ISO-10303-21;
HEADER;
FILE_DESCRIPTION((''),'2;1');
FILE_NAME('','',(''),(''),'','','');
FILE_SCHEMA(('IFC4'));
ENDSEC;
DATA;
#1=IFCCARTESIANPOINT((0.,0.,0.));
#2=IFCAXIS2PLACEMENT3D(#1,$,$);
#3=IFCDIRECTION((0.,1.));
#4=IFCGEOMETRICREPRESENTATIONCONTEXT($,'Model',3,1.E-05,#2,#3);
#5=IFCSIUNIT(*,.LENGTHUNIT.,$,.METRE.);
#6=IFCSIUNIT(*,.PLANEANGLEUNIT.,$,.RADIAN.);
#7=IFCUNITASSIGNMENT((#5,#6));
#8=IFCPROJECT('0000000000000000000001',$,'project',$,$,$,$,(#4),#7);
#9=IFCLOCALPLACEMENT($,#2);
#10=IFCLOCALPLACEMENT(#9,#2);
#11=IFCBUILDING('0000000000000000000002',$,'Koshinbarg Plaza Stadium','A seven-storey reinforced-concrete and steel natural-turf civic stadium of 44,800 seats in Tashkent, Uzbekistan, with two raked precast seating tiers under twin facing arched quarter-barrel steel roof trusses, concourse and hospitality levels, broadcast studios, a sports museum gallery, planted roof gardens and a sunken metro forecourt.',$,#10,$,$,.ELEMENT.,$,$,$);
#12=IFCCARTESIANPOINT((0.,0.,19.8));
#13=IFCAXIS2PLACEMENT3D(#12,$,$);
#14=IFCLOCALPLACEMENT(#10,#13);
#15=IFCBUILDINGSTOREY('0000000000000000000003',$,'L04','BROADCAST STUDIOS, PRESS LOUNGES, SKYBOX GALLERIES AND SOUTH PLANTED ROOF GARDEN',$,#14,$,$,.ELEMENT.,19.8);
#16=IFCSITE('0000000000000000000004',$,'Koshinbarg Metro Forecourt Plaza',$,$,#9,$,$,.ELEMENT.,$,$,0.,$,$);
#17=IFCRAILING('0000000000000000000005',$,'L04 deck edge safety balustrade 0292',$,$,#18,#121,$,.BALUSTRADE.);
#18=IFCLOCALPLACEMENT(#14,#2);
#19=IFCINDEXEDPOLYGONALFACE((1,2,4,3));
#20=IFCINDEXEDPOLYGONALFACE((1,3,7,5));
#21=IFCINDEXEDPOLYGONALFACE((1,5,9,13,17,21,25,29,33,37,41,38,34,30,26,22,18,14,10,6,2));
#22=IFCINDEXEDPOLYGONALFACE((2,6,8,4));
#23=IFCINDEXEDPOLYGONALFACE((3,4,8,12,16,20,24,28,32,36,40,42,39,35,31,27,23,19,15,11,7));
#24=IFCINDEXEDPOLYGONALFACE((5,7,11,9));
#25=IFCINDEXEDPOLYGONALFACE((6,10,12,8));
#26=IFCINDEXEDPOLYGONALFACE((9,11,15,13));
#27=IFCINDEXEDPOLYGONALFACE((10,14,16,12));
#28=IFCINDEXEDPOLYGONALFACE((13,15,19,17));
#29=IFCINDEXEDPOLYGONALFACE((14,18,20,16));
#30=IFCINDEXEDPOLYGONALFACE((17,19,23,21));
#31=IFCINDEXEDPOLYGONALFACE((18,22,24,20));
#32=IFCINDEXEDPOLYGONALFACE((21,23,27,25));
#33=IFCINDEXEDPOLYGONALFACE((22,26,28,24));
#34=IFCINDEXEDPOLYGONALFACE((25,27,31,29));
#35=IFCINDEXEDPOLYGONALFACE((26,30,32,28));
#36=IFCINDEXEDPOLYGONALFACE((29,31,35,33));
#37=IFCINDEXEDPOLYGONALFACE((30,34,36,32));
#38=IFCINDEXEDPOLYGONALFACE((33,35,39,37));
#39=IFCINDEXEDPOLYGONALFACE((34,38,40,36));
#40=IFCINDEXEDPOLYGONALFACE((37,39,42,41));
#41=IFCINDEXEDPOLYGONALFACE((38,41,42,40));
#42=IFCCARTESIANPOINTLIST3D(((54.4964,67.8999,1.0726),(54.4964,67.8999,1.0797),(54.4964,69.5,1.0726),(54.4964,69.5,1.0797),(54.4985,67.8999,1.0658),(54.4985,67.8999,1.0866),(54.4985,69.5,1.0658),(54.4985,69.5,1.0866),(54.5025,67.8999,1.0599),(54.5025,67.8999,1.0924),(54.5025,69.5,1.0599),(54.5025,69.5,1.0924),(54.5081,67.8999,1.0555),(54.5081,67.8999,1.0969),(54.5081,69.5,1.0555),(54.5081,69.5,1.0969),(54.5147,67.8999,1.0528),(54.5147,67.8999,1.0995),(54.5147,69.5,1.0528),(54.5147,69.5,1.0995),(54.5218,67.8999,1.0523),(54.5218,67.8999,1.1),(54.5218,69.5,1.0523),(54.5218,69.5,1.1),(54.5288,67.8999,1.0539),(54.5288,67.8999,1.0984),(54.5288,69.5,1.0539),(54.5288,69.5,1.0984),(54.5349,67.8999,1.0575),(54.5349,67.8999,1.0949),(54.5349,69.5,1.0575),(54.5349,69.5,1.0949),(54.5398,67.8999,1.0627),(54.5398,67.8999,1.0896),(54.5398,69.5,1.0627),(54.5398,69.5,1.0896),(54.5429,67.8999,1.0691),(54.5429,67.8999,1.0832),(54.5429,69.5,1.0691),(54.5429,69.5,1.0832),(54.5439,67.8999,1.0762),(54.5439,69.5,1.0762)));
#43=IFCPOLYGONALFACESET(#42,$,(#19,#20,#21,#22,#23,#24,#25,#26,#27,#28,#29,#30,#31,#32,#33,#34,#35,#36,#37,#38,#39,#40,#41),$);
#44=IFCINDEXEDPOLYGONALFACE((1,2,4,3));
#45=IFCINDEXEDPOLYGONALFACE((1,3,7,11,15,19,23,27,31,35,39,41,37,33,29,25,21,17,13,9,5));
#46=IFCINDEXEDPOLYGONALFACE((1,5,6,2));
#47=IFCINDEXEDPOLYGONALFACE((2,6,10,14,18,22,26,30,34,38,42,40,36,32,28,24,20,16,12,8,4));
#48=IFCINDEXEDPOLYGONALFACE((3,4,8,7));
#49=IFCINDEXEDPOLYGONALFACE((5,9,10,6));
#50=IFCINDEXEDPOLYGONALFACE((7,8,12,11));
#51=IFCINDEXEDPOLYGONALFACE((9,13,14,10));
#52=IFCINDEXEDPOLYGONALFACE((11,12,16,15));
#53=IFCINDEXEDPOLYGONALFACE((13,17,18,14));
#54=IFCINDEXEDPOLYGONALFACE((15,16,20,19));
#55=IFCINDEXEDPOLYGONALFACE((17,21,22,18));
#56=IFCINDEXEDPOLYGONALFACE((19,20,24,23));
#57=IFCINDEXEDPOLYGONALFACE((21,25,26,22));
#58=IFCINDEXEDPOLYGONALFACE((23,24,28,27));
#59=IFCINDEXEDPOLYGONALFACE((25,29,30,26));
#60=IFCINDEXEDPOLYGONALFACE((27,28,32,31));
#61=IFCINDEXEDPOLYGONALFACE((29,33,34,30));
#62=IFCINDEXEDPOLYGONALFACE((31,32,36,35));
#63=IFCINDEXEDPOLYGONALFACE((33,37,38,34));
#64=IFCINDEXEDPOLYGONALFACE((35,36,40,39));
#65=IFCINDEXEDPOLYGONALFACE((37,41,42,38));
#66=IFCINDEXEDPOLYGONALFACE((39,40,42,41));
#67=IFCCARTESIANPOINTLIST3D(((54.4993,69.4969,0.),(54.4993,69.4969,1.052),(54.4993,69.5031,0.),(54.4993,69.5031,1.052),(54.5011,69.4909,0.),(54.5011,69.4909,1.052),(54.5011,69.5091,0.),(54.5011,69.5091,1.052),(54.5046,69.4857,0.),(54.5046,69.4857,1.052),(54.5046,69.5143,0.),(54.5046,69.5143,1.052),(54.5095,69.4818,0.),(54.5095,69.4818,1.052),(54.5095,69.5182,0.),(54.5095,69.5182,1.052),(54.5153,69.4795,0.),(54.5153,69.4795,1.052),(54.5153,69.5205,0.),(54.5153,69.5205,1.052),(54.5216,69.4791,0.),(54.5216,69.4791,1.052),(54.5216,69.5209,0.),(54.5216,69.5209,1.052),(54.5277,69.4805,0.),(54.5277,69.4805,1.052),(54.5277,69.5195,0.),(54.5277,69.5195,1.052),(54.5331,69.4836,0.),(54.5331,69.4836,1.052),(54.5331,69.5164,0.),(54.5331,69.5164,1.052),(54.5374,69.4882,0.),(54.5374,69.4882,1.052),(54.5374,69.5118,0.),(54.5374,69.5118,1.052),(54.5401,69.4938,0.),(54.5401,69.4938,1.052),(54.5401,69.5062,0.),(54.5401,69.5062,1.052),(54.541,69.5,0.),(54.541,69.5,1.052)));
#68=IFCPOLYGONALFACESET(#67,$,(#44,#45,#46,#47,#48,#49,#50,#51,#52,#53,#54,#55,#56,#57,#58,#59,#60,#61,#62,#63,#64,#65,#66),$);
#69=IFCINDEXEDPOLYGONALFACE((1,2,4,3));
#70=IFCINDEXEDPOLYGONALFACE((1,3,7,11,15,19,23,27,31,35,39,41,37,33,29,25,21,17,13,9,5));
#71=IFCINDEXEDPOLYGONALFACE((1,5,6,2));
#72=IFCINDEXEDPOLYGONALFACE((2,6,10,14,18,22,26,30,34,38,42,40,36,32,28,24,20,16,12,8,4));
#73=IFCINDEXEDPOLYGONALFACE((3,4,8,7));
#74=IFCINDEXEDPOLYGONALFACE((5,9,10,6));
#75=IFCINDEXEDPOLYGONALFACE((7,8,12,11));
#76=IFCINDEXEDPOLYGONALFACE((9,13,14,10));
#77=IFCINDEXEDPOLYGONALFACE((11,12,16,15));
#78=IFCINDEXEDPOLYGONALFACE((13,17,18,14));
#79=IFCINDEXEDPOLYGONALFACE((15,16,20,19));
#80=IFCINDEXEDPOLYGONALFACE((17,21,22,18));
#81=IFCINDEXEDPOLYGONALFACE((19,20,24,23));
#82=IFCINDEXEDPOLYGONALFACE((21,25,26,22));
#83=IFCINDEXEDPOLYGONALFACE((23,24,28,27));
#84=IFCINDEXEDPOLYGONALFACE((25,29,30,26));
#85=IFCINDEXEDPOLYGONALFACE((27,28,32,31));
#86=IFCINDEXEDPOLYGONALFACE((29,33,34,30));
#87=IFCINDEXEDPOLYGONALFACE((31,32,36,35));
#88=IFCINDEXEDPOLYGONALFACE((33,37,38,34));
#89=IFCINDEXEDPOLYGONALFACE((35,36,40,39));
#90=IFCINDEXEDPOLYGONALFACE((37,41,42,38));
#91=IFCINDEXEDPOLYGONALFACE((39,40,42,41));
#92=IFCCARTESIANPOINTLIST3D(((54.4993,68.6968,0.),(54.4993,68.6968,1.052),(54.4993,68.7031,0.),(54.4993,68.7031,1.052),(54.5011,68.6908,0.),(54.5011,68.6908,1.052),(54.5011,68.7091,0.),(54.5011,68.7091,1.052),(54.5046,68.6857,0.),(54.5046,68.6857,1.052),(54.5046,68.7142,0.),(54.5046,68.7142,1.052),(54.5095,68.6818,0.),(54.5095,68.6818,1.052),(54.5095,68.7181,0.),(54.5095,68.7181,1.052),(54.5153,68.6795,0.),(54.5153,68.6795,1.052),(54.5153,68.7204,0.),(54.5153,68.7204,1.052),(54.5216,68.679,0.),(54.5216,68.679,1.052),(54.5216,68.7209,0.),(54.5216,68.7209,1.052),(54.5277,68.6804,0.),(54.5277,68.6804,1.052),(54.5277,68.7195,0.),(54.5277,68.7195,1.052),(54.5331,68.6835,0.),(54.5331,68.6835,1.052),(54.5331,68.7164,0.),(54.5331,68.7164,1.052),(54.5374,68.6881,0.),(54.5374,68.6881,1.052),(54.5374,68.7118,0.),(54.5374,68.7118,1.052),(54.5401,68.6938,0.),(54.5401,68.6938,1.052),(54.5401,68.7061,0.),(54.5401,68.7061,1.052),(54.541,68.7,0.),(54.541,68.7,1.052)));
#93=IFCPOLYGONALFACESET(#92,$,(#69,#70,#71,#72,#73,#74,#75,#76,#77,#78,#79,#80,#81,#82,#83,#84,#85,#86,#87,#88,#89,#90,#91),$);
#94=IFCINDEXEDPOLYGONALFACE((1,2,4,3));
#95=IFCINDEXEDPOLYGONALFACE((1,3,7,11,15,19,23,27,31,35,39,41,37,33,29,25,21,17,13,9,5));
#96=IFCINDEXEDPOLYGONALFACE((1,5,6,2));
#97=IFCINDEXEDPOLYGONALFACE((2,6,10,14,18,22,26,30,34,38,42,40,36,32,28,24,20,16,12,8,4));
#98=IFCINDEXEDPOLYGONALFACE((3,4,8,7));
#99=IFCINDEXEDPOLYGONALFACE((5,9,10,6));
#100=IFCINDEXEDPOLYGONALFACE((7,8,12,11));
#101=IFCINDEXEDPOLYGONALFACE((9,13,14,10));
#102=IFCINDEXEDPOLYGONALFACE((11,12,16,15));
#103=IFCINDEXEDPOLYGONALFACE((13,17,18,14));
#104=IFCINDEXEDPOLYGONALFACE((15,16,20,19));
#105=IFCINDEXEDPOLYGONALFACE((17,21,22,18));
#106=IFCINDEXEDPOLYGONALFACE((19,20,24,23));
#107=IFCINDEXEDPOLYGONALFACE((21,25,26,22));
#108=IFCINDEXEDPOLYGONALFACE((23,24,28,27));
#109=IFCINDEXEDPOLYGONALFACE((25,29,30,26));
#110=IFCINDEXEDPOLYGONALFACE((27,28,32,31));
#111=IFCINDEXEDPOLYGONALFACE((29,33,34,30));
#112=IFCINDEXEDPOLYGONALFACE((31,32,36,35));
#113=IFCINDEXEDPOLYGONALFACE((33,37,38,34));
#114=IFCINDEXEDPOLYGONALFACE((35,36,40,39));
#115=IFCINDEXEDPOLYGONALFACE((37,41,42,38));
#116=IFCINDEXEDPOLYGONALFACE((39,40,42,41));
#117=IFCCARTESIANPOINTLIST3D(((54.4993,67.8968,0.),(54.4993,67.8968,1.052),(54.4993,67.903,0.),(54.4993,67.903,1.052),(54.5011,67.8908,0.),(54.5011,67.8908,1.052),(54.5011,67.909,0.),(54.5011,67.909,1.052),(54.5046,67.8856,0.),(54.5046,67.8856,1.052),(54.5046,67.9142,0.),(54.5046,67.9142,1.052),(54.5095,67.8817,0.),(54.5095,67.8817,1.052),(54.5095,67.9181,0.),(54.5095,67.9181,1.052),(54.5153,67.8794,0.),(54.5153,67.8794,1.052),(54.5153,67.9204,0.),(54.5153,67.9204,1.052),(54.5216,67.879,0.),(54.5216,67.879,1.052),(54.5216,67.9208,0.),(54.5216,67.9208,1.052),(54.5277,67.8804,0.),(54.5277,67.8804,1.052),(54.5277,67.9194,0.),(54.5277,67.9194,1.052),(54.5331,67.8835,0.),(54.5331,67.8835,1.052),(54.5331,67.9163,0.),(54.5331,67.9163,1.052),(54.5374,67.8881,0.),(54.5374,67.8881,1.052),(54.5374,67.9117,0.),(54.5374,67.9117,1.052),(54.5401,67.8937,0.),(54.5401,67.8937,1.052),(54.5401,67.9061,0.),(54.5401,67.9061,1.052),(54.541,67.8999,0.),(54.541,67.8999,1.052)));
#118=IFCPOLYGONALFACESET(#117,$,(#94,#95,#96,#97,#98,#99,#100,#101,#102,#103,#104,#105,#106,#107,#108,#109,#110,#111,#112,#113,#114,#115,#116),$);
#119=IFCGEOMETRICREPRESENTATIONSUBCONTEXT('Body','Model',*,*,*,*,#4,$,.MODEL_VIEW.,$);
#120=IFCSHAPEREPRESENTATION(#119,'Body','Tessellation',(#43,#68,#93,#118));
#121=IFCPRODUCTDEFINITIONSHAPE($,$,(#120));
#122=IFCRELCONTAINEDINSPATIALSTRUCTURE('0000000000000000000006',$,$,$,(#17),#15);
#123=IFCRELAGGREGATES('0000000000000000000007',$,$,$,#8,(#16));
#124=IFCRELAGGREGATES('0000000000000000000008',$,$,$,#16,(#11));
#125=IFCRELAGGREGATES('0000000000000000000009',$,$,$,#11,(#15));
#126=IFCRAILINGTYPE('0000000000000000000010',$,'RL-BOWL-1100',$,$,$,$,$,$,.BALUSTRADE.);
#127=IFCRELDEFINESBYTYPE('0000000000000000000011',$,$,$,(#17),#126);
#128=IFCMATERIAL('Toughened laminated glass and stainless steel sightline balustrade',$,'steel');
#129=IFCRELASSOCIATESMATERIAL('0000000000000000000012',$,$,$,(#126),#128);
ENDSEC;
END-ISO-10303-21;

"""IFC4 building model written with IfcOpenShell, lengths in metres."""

from ifc_helpers import new_model, si_unit, direction, frame, origin, origin_2d, place, context, subcontext, project, spatial, circle, extrude, material, type_object, element, save


model = new_model("IFC4")

# Units and contexts
model_context = context("Model", 3, precision=1e-05, world=origin(), true_north=direction((0.0, 1.0)))
body_context = subcontext(model_context, "Body", "Model", "MODEL_VIEW")
ifc_project = project(units=[si_unit("LENGTHUNIT", "METRE"), si_unit("PLANEANGLEUNIT", "RADIAN")], contexts=[model_context])

# Site, building, storey
site_placement = place(None, origin())
site = spatial("IfcSite", under=ifc_project, at=site_placement, Name="Koshinbarg Metro Forecourt Plaza", CompositionType="ELEMENT", RefElevation=0.0)
building_placement = place(site_placement, origin())
building = spatial("IfcBuilding", under=site, at=building_placement, Name="Koshinbarg Plaza Stadium", Description="A seven-storey reinforced-concrete and steel natural-turf civic stadium of 44,800 seats in Tashkent, Uzbekistan, with two raked precast seating tiers under twin facing arched quarter-barrel steel roof trusses, concourse and hospitality levels, broadcast studios, a sports museum gallery, planted roof gardens and a sunken metro forecourt.", CompositionType="ELEMENT")
storey_placement = place(building_placement, frame((0.0, 0.0, 19.8)))
storey = spatial("IfcBuildingStorey", under=building, at=storey_placement, Name="L04", Description="BROADCAST STUDIOS, PRESS LOUNGES, SKYBOX GALLERIES AND SOUTH PLANTED ROOF GARDEN", CompositionType="ELEMENT", Elevation=19.8)

# Railing
ifc_material_1 = material(Name="Toughened laminated glass and stainless steel sightline balustrade", Category="steel")
railing_type = type_object("IfcRailingType", Name="RL-BOWL-1100", PredefinedType="BALUSTRADE", material=ifc_material_1)
railing_placement = place(storey_placement, frame((54.52, 69.5, 0.0)))
element("IfcRailing", 1, at=railing_placement, inside=storey, type_object=railing_type, Name="L04 deck edge safety balustrade 0292", PredefinedType="BALUSTRADE", context=body_context, shape_type="SweptSolid", body=[
    extrude(circle(Radius=0.0239, at=origin_2d()), frame((0.0, 0.0, 1.0762), z_axis=(0.0, -1.0, 0.0), x_axis=(1.0, 0.0, 0.0)), (0.0, 0.0, 1.0), 1.6001),
    extrude(circle(Radius=0.021, at=origin_2d()), origin(), (0.0, 0.0, 1.0), 1.052),
    extrude(circle(Radius=0.021, at=origin_2d()), frame((0.0, -0.8, 0.0)), (0.0, 0.0, 1.0), 1.052),
    extrude(circle(Radius=0.021, at=origin_2d()), frame((0.0, -1.6001, 0.0)), (0.0, 0.0, 1.0), 1.052),
])

save(model, "model.ifc")
